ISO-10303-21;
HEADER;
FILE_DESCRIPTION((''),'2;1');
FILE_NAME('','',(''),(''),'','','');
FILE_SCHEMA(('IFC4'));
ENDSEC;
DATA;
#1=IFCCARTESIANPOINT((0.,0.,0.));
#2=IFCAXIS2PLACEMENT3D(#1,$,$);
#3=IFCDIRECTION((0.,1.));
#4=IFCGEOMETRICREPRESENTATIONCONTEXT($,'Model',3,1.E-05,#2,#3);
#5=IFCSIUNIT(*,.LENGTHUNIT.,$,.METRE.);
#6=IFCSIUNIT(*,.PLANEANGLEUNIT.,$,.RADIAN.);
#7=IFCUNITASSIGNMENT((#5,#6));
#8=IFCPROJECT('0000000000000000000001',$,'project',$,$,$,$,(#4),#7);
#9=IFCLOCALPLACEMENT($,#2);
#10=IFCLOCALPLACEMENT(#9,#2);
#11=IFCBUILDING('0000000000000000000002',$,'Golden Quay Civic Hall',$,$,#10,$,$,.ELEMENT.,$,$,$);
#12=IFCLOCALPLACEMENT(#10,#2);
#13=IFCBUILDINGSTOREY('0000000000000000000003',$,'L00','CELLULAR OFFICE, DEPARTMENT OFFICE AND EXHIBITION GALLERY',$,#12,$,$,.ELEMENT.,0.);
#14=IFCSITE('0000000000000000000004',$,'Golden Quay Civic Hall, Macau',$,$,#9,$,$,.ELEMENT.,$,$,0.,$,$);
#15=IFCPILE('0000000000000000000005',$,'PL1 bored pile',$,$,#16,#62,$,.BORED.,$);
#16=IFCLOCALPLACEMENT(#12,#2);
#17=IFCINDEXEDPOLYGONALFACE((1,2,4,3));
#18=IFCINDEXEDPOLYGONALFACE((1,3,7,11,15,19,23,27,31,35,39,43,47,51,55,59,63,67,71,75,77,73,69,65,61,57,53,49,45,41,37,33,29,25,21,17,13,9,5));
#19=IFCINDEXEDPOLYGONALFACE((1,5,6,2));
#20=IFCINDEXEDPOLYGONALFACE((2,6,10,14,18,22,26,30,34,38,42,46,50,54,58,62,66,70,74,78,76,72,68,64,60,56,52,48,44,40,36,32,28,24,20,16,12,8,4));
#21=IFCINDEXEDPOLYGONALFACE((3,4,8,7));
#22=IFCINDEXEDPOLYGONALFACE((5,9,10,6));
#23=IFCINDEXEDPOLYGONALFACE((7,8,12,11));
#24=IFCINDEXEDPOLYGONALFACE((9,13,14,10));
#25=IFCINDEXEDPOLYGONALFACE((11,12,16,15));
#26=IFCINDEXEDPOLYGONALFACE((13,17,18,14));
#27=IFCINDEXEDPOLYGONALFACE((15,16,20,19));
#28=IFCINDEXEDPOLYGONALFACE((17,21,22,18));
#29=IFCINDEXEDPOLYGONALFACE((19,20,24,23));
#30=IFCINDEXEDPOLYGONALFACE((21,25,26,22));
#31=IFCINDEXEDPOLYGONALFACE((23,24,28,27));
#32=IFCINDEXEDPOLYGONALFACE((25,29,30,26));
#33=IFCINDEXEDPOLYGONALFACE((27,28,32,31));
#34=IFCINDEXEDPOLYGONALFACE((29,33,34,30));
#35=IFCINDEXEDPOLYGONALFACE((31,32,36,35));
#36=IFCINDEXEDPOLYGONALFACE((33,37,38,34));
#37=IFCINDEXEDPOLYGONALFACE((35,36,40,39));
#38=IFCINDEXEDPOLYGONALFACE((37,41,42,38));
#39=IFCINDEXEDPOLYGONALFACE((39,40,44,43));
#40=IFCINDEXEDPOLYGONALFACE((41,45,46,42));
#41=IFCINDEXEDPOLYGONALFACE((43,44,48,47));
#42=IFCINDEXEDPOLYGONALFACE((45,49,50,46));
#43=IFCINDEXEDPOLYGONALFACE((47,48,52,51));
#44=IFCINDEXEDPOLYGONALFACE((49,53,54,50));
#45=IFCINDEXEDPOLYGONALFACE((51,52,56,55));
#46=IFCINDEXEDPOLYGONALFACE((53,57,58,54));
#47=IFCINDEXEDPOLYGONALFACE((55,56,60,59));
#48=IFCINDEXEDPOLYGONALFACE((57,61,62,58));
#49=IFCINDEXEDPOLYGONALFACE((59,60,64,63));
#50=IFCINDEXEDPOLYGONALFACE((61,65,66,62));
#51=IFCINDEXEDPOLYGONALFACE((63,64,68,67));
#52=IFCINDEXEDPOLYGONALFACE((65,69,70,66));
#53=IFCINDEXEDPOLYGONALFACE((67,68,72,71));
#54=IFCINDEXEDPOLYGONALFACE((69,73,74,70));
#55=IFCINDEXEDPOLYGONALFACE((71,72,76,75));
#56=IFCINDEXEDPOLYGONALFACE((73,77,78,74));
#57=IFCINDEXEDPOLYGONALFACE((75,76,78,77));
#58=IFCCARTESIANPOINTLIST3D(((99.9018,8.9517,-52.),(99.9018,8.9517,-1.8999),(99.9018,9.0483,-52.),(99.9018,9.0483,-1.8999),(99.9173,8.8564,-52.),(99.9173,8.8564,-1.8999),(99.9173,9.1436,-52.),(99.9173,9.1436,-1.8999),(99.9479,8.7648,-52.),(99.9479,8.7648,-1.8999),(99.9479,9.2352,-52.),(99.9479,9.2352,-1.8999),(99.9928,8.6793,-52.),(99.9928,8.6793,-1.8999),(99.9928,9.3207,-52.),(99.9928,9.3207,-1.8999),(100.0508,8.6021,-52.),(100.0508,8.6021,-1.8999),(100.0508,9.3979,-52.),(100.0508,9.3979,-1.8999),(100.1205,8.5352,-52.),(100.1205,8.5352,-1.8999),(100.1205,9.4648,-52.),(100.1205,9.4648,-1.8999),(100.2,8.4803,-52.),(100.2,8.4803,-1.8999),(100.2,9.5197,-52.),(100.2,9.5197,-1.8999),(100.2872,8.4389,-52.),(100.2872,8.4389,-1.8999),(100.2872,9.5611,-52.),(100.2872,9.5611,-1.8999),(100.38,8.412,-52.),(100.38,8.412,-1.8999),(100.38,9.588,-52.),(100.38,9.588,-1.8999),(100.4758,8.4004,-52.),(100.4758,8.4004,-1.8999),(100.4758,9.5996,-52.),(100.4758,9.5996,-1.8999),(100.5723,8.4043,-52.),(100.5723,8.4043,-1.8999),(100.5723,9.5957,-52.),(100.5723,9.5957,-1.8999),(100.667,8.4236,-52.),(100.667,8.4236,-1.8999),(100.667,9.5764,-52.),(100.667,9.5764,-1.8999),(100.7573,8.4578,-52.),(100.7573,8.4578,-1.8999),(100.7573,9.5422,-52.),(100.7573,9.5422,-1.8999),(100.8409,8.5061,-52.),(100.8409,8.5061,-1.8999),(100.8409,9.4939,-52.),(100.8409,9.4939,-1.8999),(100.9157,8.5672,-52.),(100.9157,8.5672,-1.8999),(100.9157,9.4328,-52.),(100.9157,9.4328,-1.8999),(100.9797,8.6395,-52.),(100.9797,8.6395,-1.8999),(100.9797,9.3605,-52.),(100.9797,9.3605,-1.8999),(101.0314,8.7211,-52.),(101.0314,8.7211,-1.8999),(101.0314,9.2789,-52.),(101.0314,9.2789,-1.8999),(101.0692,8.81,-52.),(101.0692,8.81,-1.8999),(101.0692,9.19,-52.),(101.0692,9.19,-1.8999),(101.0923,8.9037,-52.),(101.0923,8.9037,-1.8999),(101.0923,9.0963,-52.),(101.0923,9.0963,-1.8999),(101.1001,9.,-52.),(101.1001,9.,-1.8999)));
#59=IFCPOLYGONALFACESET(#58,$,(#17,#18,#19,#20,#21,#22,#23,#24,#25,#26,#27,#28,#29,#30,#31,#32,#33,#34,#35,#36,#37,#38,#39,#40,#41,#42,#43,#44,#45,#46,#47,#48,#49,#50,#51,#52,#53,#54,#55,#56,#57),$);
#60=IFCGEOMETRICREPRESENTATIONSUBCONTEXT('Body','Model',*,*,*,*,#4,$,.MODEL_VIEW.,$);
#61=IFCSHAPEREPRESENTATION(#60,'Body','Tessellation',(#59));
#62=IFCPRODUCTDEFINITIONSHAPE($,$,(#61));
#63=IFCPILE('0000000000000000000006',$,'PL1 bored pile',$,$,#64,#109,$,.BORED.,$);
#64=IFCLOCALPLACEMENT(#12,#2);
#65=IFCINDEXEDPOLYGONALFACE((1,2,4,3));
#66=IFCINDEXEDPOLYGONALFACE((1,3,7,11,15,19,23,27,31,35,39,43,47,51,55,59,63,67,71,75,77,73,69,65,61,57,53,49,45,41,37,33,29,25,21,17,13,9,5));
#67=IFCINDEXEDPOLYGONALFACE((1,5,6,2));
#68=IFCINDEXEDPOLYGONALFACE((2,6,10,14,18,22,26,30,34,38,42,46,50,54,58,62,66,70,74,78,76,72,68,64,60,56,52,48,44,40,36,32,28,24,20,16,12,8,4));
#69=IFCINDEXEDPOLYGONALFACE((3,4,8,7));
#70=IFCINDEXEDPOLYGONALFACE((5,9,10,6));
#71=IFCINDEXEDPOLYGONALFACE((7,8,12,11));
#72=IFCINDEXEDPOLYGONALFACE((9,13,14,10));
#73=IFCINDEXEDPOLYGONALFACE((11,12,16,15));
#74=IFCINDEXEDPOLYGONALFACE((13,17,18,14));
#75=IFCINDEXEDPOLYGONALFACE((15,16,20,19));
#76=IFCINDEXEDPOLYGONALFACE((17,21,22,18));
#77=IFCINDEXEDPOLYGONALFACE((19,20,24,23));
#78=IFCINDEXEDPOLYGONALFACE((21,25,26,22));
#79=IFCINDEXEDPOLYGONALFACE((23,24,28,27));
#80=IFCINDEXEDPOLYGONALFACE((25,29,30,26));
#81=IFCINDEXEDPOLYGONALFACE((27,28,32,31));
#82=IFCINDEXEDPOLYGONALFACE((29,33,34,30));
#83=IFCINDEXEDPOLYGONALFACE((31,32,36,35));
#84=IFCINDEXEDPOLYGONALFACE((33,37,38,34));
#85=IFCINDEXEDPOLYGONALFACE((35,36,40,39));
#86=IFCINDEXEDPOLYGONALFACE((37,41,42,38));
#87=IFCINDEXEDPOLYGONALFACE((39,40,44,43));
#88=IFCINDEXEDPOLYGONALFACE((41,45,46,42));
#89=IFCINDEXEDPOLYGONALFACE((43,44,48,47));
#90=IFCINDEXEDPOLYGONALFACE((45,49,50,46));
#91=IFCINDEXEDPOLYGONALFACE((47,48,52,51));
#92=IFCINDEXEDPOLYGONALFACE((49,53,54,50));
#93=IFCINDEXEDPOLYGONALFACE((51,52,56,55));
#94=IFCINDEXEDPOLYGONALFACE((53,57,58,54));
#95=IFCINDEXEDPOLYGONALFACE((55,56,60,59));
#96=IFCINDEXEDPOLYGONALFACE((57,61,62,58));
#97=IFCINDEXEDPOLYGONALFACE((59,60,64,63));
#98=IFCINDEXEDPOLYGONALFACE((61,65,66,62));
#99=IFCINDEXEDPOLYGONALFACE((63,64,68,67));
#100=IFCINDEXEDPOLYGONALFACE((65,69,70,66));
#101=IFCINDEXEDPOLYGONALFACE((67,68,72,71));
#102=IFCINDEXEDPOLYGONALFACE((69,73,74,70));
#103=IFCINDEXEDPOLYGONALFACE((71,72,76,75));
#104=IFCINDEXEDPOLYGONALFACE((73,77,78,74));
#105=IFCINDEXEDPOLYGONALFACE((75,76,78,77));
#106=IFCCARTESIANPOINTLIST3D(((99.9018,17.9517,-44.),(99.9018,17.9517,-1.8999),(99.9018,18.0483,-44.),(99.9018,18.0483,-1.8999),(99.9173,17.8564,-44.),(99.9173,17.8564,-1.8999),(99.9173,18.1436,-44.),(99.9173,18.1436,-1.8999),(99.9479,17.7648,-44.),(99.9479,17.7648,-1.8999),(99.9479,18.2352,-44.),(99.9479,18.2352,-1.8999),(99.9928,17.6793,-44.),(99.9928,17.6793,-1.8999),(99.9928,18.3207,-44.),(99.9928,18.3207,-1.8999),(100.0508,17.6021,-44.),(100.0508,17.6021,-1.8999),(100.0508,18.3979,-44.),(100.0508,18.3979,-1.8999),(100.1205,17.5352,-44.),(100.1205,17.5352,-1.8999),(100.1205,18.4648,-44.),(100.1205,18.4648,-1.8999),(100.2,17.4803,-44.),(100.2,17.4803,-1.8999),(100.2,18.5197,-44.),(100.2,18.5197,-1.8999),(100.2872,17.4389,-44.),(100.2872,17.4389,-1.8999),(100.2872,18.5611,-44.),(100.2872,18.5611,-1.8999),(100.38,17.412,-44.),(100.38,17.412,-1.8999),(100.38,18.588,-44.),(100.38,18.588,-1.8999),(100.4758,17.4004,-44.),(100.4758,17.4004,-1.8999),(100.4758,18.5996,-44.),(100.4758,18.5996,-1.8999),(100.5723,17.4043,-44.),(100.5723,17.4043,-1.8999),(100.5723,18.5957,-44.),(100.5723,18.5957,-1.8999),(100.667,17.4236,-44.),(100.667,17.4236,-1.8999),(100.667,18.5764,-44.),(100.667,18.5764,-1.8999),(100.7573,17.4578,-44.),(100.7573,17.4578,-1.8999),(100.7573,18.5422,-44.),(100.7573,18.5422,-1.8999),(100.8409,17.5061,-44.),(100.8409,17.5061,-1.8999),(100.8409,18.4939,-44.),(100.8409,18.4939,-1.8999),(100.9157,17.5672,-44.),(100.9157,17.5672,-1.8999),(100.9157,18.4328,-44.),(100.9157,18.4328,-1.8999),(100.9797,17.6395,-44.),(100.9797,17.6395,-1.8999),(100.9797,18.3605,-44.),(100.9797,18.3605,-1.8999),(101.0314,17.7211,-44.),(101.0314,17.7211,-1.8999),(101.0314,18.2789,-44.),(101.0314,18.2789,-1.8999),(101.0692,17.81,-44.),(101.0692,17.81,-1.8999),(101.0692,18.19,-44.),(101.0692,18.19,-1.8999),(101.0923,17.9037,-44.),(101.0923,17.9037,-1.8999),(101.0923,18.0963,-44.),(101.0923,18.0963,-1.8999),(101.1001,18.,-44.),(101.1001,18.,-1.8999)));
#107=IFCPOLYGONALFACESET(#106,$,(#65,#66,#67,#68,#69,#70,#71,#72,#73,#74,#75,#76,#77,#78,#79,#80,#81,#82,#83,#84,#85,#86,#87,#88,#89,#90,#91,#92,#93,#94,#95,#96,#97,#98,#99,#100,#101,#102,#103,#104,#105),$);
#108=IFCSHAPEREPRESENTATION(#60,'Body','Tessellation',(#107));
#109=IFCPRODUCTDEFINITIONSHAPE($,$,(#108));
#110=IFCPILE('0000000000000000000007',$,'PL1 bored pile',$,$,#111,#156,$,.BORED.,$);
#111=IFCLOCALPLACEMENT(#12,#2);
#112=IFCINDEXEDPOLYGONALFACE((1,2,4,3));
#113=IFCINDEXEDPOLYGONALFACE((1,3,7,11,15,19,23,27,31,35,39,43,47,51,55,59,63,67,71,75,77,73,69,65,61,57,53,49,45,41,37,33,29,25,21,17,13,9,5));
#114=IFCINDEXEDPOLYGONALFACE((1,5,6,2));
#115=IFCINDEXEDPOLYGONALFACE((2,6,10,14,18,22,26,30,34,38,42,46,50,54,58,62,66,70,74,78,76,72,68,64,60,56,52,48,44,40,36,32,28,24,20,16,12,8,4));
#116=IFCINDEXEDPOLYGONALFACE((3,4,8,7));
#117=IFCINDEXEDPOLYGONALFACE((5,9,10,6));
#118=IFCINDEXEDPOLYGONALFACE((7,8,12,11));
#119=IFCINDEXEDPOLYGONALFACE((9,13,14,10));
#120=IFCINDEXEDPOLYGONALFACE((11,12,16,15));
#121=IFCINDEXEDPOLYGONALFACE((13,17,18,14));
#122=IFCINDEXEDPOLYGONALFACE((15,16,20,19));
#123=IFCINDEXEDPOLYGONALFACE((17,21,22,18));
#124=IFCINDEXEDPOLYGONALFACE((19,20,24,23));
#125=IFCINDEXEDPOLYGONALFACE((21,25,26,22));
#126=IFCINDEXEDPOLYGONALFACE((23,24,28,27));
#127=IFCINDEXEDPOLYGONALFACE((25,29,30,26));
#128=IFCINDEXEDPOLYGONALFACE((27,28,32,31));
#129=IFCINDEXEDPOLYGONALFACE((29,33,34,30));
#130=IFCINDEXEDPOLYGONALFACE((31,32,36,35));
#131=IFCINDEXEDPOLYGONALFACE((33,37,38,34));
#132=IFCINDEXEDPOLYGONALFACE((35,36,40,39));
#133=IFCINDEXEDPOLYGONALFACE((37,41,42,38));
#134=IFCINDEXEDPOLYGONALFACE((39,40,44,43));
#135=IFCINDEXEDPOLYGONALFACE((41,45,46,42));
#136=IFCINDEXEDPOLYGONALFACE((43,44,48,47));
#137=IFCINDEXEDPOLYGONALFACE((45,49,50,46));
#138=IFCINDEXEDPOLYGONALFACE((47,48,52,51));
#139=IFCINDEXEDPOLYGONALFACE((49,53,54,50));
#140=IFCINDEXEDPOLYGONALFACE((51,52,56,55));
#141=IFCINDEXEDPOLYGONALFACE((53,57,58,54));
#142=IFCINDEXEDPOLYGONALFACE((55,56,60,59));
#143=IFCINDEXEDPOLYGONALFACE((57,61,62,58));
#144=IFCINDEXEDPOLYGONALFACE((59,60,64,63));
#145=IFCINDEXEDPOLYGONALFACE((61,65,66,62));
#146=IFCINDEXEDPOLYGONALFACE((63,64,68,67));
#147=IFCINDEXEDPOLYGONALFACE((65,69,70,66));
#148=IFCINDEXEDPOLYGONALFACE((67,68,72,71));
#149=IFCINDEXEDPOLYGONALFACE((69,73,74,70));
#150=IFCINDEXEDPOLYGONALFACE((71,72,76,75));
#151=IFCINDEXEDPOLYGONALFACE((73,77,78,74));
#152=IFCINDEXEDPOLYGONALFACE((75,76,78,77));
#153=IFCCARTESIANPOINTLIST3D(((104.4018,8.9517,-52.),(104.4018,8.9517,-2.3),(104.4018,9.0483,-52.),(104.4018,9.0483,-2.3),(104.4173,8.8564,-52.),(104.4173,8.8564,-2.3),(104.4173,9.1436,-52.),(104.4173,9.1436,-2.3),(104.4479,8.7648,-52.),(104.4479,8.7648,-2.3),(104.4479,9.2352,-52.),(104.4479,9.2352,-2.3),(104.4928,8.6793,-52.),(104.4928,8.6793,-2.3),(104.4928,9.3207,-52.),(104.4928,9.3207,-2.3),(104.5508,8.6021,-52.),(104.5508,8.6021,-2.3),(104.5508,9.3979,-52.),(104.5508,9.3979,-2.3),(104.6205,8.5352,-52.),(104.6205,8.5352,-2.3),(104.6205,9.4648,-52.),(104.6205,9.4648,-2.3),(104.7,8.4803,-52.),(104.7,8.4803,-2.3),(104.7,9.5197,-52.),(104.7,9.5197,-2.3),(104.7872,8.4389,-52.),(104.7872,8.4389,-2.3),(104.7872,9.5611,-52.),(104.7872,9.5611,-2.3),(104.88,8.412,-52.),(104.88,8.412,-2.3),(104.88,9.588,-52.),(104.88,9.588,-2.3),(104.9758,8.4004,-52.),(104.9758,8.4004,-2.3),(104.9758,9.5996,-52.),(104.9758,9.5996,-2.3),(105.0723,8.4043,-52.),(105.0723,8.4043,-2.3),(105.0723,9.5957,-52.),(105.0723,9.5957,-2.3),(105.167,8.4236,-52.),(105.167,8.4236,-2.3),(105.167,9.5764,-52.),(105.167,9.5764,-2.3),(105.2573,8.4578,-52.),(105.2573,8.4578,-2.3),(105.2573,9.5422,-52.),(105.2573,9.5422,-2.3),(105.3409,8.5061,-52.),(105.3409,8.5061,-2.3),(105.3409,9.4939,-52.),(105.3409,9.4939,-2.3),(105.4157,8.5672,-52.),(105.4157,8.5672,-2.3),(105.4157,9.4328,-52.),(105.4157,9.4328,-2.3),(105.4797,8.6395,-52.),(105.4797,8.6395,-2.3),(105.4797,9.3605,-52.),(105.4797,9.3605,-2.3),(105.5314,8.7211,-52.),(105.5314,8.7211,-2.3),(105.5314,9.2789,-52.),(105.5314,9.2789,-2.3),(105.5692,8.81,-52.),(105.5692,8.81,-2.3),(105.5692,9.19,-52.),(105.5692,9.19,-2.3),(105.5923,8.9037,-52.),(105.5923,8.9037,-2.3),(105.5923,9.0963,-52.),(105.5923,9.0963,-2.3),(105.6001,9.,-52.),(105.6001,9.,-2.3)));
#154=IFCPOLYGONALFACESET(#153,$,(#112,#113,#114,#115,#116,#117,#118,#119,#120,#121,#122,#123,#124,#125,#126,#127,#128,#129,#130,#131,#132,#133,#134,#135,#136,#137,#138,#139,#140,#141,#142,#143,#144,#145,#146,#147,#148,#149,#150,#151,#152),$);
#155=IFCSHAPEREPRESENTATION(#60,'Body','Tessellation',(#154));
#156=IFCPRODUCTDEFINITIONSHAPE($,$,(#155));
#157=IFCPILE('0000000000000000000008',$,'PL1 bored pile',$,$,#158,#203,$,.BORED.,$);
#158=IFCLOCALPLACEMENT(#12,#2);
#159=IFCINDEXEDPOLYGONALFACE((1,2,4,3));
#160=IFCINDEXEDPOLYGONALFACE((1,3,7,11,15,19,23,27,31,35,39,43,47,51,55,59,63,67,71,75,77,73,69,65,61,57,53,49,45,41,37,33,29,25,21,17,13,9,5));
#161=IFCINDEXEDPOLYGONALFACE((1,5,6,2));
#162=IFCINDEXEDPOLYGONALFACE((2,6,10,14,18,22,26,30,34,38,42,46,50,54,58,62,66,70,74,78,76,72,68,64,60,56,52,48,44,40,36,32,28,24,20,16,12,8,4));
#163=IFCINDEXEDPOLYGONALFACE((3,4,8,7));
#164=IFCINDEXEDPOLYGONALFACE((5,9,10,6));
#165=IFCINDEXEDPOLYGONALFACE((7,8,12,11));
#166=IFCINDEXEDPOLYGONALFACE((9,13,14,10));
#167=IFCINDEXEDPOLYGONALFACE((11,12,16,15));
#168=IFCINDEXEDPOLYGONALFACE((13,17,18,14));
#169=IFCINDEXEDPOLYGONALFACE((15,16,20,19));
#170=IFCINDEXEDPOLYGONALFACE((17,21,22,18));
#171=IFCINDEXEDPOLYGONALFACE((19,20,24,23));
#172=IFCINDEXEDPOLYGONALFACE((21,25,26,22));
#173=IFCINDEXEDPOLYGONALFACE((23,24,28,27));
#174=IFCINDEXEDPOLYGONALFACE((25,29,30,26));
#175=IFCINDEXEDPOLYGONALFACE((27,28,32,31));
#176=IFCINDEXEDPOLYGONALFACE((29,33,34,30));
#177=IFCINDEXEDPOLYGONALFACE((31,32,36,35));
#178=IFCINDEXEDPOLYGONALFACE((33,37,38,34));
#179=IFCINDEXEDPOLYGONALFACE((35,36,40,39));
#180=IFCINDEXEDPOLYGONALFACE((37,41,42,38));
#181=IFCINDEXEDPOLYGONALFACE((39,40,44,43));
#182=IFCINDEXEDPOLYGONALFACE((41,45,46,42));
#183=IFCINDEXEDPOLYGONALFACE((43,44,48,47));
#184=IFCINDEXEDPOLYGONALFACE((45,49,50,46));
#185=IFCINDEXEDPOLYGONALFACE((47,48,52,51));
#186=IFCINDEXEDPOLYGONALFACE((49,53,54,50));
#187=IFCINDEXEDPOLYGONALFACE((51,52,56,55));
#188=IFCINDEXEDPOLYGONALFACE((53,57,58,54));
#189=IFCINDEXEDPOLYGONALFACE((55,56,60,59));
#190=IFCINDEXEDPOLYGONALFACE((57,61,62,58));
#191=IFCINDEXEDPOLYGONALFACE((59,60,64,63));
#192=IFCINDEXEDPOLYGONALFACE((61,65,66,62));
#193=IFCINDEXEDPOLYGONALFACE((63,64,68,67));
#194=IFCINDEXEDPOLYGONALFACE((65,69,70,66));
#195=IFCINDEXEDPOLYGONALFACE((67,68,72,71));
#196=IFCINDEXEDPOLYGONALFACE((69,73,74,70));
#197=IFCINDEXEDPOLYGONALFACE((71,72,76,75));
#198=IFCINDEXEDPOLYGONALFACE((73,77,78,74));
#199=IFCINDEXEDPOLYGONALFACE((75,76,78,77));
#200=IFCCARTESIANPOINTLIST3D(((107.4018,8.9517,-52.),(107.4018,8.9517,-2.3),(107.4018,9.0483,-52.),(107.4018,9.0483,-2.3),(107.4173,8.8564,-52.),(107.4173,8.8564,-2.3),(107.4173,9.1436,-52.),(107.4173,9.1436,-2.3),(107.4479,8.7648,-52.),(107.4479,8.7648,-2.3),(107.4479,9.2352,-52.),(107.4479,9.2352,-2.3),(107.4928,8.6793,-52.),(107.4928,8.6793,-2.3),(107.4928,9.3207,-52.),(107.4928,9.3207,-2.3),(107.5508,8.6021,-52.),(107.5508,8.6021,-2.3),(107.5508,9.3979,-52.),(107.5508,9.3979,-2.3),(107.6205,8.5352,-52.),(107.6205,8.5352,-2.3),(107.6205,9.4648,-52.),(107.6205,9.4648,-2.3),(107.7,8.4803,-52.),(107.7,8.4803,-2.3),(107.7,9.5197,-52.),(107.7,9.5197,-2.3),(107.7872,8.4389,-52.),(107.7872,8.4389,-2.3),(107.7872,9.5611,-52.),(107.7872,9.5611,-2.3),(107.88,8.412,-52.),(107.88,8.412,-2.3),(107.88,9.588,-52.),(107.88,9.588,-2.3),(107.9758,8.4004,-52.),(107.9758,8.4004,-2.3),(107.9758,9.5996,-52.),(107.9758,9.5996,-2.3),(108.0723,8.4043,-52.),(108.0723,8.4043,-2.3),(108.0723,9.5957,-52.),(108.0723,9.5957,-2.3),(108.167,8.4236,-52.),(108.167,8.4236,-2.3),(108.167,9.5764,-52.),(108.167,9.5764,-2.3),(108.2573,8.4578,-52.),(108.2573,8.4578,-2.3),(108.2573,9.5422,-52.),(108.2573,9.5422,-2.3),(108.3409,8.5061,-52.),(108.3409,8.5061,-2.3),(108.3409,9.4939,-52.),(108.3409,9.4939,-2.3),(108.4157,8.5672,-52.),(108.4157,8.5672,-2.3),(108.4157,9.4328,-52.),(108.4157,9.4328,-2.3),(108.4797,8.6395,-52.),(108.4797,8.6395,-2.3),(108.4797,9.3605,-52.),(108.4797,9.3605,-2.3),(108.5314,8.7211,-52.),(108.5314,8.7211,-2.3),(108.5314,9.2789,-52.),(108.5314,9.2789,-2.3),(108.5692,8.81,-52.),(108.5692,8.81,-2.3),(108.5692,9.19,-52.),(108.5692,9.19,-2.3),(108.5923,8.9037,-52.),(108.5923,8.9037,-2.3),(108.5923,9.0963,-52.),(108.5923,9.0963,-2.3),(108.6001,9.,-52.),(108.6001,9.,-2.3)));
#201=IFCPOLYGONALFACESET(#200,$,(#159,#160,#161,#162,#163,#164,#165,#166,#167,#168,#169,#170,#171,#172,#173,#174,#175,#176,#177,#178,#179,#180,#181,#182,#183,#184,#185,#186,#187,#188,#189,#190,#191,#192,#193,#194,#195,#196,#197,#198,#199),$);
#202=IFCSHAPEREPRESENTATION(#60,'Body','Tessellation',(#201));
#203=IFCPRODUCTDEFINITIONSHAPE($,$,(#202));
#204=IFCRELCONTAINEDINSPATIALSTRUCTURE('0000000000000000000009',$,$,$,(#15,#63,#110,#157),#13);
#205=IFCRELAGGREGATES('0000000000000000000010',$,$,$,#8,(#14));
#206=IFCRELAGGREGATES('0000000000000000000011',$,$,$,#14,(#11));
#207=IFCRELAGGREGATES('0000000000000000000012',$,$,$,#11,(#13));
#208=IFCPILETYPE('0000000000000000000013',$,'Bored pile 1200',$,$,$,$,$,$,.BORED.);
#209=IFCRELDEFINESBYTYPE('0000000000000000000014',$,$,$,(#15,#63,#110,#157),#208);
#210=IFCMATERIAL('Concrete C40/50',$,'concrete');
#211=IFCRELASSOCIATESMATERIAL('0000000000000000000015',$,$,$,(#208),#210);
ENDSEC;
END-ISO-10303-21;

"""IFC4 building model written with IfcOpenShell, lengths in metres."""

from ifc_helpers import new_model, si_unit, direction, frame, origin, origin_2d, place, context, subcontext, project, spatial, circle, extrude, material, material_profile, profile_set, type_object, element, save


model = new_model("IFC4")

# Units and contexts
model_context = context("Model", 3, precision=1e-05, world=origin(), true_north=direction((0.0, 1.0)))
body_context = subcontext(model_context, "Body", "Model", "MODEL_VIEW")
ifc_project = project(units=[si_unit("LENGTHUNIT", "METRE"), si_unit("PLANEANGLEUNIT", "RADIAN")], contexts=[model_context])

# Site, building, storey
site_placement = place(None, origin())
site = spatial("IfcSite", under=ifc_project, at=site_placement, Name="Golden Quay Civic Hall, Macau", CompositionType="ELEMENT", RefElevation=0.0)
building_placement = place(site_placement, origin())
building = spatial("IfcBuilding", under=site, at=building_placement, Name="Golden Quay Civic Hall", CompositionType="ELEMENT")
storey_placement = place(building_placement, origin())
storey = spatial("IfcBuildingStorey", under=building, at=storey_placement, Name="L00", Description="CELLULAR OFFICE, DEPARTMENT OFFICE AND EXHIBITION GALLERY", CompositionType="ELEMENT", Elevation=0.0)

# Piles
ifc_material_1 = material(Name="Concrete C40/50", Category="concrete")
ifc_material_profile_1 = material_profile(ifc_material_1, circle(Radius=0.6001, at=origin_2d()), Name="RC D1200")
ifc_profile_set_1 = profile_set([ifc_material_profile_1], Name="Concrete C40/50")
pile_type = type_object("IfcPileType", Name="Bored pile 1200", PredefinedType="BORED", material=ifc_profile_set_1)
pile_1_placement = place(storey_placement, frame((100.5, 9.0, -1.8999), z_axis=(0.0, 0.0, -1.0), x_axis=(1.0, 0.0, 0.0)))
element("IfcPile", 1, at=pile_1_placement, inside=storey, type_object=pile_type, Name="PL1 bored pile", PredefinedType="BORED", context=body_context, shape_type="SweptSolid", body=[
    extrude(circle(Radius=0.6001, at=origin_2d()), origin(), (0.0, 0.0, 1.0), 50.1001),
])
pile_2_placement = place(storey_placement, frame((100.5, 18.0, -1.8999), z_axis=(0.0, 0.0, -1.0), x_axis=(1.0, 0.0, 0.0)))
element("IfcPile", 2, at=pile_2_placement, inside=storey, type_object=pile_type, Name="PL1 bored pile", PredefinedType="BORED", context=body_context, shape_type="SweptSolid", body=[
    extrude(circle(Radius=0.6001, at=origin_2d()), origin(), (0.0, 0.0, 1.0), 42.1001),
])
for number, where, z_axis, x_axis, name in (
    (3, (105.0, 9.0, -2.3), (0.0, 0.0, -1.0), (1.0, 0.0, 0.0), "PL1 bored pile"),
    (4, (108.0, 9.0, -2.3), (0.0, 0.0, -1.0), (1.0, 0.0, 0.0), "PL1 bored pile"),
):
    element("IfcPile", number, at=place(storey_placement, frame(where, z_axis=z_axis, x_axis=x_axis)), inside=storey, type_object=pile_type, Name=name, PredefinedType="BORED", context=body_context, shape_type="SweptSolid", body=[
        extrude(circle(Radius=0.6001, at=origin_2d()), origin(), (0.0, 0.0, 1.0), 49.7),
    ])

save(model, "model.ifc")
